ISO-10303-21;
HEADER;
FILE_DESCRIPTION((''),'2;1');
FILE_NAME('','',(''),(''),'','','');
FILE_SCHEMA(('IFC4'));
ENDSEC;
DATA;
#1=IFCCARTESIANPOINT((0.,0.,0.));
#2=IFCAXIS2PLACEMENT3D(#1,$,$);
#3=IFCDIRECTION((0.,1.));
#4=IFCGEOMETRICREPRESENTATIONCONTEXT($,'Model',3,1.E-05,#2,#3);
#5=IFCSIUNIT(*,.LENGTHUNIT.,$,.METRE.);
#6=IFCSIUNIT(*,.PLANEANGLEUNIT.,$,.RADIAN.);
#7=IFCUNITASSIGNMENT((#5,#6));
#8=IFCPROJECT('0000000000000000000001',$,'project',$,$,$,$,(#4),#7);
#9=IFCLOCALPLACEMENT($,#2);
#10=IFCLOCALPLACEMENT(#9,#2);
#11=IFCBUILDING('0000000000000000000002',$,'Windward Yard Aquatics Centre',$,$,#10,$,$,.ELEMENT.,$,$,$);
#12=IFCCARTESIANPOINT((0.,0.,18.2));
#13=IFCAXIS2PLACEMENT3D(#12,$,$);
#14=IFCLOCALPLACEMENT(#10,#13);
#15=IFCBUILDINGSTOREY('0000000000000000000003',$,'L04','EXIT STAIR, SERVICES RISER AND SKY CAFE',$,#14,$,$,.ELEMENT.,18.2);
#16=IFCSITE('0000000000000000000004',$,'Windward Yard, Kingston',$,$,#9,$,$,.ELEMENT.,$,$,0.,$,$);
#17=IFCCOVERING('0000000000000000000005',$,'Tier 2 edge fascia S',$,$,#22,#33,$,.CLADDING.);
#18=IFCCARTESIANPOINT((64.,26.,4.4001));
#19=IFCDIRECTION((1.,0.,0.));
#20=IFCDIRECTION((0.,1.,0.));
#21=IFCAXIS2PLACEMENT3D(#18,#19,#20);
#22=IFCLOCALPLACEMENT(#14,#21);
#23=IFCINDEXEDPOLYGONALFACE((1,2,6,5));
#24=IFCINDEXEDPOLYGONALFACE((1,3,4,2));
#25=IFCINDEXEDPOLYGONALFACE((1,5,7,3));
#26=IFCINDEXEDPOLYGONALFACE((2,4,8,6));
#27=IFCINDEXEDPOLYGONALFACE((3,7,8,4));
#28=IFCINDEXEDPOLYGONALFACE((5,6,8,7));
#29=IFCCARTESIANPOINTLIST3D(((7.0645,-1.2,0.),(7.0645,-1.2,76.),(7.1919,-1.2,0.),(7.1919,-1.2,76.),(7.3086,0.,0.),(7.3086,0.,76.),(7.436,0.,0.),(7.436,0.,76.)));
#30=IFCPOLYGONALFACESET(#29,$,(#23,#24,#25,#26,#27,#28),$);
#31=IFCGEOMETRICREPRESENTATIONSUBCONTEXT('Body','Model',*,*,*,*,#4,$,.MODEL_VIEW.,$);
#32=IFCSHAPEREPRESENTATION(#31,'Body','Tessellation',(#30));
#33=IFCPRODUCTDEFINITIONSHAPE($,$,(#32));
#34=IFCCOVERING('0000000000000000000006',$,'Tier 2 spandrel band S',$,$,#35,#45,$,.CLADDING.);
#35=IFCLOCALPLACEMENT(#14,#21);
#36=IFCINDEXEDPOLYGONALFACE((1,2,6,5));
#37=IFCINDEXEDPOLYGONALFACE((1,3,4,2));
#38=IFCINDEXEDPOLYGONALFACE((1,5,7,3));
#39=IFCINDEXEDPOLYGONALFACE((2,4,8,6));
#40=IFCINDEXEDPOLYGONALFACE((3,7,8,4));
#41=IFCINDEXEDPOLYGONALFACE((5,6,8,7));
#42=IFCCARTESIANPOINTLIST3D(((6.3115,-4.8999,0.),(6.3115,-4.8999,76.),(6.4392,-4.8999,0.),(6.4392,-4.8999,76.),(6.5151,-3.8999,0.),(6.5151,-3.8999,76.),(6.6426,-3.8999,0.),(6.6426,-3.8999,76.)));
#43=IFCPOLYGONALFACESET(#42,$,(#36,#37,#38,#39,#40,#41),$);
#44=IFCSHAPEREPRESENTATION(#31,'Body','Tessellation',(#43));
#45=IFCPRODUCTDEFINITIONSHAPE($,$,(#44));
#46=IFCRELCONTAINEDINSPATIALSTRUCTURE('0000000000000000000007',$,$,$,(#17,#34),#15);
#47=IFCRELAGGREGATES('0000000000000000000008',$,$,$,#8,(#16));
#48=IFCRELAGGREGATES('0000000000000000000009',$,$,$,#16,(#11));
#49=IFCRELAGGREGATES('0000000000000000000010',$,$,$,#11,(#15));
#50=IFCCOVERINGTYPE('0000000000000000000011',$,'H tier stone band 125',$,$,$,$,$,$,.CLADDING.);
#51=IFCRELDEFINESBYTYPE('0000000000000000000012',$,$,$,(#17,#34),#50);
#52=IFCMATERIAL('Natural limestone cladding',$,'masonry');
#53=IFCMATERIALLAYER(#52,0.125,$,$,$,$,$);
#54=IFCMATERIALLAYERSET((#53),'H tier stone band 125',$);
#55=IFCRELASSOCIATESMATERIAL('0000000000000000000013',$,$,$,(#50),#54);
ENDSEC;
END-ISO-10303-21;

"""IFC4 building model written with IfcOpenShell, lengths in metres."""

from ifc_helpers import new_model, si_unit, direction, frame, origin, place, context, subcontext, project, spatial, polyline, outline, extrude, material, layer, layer_set, type_object, element, save


model = new_model("IFC4")

# Units and contexts
model_context = context("Model", 3, precision=1e-05, world=origin(), true_north=direction((0.0, 1.0)))
body_context = subcontext(model_context, "Body", "Model", "MODEL_VIEW")
ifc_project = project(units=[si_unit("LENGTHUNIT", "METRE"), si_unit("PLANEANGLEUNIT", "RADIAN")], contexts=[model_context])

# Site, building, storey
site_placement = place(None, origin())
site = spatial("IfcSite", under=ifc_project, at=site_placement, Name="Windward Yard, Kingston", CompositionType="ELEMENT", RefElevation=0.0)
building_placement = place(site_placement, origin())
building = spatial("IfcBuilding", under=site, at=building_placement, Name="Windward Yard Aquatics Centre", CompositionType="ELEMENT")
storey_placement = place(building_placement, frame((0.0, 0.0, 18.2)))
storey = spatial("IfcBuildingStorey", under=building, at=storey_placement, Name="L04", Description="EXIT STAIR, SERVICES RISER AND SKY CAFE", CompositionType="ELEMENT", Elevation=18.2)

# Coverings
ifc_material_1 = material(Name="Natural limestone cladding", Category="masonry")
ifc_layer_1 = layer(ifc_material_1, 0.125)
ifc_layer_set_1 = layer_set([ifc_layer_1], Name="H tier stone band 125")
covering_type = type_object("IfcCoveringType", Name="H tier stone band 125", PredefinedType="CLADDING", material=ifc_layer_set_1)
covering_1_placement = place(storey_placement, frame((64.0, 26.0, 4.4001), z_axis=(1.0, 0.0, 0.0), x_axis=(0.0, 1.0, 0.0)))
element("IfcCovering", 1, at=covering_1_placement, inside=storey, type_object=covering_type, Name="Tier 2 edge fascia S", PredefinedType="CLADDING", context=body_context, shape_type="SweptSolid", body=[
    extrude(outline(polyline([(7.0645, -1.2), (7.1919, -1.2), (7.436, 0.0), (7.3086, 0.0), (7.0645, -1.2)])), origin(), (0.0, 0.0, 1.0), 76.0),
])
covering_2_placement = place(storey_placement, frame((64.0, 26.0, 4.4001), z_axis=(1.0, 0.0, 0.0), x_axis=(0.0, 1.0, 0.0)))
element("IfcCovering", 2, at=covering_2_placement, inside=storey, type_object=covering_type, Name="Tier 2 spandrel band S", PredefinedType="CLADDING", context=body_context, shape_type="SweptSolid", body=[
    extrude(outline(polyline([(6.3115, -4.8999), (6.4392, -4.8999), (6.6426, -3.8999), (6.5151, -3.8999), (6.3115, -4.8999)])), origin(), (0.0, 0.0, 1.0), 76.0),
])

save(model, "model.ifc")
